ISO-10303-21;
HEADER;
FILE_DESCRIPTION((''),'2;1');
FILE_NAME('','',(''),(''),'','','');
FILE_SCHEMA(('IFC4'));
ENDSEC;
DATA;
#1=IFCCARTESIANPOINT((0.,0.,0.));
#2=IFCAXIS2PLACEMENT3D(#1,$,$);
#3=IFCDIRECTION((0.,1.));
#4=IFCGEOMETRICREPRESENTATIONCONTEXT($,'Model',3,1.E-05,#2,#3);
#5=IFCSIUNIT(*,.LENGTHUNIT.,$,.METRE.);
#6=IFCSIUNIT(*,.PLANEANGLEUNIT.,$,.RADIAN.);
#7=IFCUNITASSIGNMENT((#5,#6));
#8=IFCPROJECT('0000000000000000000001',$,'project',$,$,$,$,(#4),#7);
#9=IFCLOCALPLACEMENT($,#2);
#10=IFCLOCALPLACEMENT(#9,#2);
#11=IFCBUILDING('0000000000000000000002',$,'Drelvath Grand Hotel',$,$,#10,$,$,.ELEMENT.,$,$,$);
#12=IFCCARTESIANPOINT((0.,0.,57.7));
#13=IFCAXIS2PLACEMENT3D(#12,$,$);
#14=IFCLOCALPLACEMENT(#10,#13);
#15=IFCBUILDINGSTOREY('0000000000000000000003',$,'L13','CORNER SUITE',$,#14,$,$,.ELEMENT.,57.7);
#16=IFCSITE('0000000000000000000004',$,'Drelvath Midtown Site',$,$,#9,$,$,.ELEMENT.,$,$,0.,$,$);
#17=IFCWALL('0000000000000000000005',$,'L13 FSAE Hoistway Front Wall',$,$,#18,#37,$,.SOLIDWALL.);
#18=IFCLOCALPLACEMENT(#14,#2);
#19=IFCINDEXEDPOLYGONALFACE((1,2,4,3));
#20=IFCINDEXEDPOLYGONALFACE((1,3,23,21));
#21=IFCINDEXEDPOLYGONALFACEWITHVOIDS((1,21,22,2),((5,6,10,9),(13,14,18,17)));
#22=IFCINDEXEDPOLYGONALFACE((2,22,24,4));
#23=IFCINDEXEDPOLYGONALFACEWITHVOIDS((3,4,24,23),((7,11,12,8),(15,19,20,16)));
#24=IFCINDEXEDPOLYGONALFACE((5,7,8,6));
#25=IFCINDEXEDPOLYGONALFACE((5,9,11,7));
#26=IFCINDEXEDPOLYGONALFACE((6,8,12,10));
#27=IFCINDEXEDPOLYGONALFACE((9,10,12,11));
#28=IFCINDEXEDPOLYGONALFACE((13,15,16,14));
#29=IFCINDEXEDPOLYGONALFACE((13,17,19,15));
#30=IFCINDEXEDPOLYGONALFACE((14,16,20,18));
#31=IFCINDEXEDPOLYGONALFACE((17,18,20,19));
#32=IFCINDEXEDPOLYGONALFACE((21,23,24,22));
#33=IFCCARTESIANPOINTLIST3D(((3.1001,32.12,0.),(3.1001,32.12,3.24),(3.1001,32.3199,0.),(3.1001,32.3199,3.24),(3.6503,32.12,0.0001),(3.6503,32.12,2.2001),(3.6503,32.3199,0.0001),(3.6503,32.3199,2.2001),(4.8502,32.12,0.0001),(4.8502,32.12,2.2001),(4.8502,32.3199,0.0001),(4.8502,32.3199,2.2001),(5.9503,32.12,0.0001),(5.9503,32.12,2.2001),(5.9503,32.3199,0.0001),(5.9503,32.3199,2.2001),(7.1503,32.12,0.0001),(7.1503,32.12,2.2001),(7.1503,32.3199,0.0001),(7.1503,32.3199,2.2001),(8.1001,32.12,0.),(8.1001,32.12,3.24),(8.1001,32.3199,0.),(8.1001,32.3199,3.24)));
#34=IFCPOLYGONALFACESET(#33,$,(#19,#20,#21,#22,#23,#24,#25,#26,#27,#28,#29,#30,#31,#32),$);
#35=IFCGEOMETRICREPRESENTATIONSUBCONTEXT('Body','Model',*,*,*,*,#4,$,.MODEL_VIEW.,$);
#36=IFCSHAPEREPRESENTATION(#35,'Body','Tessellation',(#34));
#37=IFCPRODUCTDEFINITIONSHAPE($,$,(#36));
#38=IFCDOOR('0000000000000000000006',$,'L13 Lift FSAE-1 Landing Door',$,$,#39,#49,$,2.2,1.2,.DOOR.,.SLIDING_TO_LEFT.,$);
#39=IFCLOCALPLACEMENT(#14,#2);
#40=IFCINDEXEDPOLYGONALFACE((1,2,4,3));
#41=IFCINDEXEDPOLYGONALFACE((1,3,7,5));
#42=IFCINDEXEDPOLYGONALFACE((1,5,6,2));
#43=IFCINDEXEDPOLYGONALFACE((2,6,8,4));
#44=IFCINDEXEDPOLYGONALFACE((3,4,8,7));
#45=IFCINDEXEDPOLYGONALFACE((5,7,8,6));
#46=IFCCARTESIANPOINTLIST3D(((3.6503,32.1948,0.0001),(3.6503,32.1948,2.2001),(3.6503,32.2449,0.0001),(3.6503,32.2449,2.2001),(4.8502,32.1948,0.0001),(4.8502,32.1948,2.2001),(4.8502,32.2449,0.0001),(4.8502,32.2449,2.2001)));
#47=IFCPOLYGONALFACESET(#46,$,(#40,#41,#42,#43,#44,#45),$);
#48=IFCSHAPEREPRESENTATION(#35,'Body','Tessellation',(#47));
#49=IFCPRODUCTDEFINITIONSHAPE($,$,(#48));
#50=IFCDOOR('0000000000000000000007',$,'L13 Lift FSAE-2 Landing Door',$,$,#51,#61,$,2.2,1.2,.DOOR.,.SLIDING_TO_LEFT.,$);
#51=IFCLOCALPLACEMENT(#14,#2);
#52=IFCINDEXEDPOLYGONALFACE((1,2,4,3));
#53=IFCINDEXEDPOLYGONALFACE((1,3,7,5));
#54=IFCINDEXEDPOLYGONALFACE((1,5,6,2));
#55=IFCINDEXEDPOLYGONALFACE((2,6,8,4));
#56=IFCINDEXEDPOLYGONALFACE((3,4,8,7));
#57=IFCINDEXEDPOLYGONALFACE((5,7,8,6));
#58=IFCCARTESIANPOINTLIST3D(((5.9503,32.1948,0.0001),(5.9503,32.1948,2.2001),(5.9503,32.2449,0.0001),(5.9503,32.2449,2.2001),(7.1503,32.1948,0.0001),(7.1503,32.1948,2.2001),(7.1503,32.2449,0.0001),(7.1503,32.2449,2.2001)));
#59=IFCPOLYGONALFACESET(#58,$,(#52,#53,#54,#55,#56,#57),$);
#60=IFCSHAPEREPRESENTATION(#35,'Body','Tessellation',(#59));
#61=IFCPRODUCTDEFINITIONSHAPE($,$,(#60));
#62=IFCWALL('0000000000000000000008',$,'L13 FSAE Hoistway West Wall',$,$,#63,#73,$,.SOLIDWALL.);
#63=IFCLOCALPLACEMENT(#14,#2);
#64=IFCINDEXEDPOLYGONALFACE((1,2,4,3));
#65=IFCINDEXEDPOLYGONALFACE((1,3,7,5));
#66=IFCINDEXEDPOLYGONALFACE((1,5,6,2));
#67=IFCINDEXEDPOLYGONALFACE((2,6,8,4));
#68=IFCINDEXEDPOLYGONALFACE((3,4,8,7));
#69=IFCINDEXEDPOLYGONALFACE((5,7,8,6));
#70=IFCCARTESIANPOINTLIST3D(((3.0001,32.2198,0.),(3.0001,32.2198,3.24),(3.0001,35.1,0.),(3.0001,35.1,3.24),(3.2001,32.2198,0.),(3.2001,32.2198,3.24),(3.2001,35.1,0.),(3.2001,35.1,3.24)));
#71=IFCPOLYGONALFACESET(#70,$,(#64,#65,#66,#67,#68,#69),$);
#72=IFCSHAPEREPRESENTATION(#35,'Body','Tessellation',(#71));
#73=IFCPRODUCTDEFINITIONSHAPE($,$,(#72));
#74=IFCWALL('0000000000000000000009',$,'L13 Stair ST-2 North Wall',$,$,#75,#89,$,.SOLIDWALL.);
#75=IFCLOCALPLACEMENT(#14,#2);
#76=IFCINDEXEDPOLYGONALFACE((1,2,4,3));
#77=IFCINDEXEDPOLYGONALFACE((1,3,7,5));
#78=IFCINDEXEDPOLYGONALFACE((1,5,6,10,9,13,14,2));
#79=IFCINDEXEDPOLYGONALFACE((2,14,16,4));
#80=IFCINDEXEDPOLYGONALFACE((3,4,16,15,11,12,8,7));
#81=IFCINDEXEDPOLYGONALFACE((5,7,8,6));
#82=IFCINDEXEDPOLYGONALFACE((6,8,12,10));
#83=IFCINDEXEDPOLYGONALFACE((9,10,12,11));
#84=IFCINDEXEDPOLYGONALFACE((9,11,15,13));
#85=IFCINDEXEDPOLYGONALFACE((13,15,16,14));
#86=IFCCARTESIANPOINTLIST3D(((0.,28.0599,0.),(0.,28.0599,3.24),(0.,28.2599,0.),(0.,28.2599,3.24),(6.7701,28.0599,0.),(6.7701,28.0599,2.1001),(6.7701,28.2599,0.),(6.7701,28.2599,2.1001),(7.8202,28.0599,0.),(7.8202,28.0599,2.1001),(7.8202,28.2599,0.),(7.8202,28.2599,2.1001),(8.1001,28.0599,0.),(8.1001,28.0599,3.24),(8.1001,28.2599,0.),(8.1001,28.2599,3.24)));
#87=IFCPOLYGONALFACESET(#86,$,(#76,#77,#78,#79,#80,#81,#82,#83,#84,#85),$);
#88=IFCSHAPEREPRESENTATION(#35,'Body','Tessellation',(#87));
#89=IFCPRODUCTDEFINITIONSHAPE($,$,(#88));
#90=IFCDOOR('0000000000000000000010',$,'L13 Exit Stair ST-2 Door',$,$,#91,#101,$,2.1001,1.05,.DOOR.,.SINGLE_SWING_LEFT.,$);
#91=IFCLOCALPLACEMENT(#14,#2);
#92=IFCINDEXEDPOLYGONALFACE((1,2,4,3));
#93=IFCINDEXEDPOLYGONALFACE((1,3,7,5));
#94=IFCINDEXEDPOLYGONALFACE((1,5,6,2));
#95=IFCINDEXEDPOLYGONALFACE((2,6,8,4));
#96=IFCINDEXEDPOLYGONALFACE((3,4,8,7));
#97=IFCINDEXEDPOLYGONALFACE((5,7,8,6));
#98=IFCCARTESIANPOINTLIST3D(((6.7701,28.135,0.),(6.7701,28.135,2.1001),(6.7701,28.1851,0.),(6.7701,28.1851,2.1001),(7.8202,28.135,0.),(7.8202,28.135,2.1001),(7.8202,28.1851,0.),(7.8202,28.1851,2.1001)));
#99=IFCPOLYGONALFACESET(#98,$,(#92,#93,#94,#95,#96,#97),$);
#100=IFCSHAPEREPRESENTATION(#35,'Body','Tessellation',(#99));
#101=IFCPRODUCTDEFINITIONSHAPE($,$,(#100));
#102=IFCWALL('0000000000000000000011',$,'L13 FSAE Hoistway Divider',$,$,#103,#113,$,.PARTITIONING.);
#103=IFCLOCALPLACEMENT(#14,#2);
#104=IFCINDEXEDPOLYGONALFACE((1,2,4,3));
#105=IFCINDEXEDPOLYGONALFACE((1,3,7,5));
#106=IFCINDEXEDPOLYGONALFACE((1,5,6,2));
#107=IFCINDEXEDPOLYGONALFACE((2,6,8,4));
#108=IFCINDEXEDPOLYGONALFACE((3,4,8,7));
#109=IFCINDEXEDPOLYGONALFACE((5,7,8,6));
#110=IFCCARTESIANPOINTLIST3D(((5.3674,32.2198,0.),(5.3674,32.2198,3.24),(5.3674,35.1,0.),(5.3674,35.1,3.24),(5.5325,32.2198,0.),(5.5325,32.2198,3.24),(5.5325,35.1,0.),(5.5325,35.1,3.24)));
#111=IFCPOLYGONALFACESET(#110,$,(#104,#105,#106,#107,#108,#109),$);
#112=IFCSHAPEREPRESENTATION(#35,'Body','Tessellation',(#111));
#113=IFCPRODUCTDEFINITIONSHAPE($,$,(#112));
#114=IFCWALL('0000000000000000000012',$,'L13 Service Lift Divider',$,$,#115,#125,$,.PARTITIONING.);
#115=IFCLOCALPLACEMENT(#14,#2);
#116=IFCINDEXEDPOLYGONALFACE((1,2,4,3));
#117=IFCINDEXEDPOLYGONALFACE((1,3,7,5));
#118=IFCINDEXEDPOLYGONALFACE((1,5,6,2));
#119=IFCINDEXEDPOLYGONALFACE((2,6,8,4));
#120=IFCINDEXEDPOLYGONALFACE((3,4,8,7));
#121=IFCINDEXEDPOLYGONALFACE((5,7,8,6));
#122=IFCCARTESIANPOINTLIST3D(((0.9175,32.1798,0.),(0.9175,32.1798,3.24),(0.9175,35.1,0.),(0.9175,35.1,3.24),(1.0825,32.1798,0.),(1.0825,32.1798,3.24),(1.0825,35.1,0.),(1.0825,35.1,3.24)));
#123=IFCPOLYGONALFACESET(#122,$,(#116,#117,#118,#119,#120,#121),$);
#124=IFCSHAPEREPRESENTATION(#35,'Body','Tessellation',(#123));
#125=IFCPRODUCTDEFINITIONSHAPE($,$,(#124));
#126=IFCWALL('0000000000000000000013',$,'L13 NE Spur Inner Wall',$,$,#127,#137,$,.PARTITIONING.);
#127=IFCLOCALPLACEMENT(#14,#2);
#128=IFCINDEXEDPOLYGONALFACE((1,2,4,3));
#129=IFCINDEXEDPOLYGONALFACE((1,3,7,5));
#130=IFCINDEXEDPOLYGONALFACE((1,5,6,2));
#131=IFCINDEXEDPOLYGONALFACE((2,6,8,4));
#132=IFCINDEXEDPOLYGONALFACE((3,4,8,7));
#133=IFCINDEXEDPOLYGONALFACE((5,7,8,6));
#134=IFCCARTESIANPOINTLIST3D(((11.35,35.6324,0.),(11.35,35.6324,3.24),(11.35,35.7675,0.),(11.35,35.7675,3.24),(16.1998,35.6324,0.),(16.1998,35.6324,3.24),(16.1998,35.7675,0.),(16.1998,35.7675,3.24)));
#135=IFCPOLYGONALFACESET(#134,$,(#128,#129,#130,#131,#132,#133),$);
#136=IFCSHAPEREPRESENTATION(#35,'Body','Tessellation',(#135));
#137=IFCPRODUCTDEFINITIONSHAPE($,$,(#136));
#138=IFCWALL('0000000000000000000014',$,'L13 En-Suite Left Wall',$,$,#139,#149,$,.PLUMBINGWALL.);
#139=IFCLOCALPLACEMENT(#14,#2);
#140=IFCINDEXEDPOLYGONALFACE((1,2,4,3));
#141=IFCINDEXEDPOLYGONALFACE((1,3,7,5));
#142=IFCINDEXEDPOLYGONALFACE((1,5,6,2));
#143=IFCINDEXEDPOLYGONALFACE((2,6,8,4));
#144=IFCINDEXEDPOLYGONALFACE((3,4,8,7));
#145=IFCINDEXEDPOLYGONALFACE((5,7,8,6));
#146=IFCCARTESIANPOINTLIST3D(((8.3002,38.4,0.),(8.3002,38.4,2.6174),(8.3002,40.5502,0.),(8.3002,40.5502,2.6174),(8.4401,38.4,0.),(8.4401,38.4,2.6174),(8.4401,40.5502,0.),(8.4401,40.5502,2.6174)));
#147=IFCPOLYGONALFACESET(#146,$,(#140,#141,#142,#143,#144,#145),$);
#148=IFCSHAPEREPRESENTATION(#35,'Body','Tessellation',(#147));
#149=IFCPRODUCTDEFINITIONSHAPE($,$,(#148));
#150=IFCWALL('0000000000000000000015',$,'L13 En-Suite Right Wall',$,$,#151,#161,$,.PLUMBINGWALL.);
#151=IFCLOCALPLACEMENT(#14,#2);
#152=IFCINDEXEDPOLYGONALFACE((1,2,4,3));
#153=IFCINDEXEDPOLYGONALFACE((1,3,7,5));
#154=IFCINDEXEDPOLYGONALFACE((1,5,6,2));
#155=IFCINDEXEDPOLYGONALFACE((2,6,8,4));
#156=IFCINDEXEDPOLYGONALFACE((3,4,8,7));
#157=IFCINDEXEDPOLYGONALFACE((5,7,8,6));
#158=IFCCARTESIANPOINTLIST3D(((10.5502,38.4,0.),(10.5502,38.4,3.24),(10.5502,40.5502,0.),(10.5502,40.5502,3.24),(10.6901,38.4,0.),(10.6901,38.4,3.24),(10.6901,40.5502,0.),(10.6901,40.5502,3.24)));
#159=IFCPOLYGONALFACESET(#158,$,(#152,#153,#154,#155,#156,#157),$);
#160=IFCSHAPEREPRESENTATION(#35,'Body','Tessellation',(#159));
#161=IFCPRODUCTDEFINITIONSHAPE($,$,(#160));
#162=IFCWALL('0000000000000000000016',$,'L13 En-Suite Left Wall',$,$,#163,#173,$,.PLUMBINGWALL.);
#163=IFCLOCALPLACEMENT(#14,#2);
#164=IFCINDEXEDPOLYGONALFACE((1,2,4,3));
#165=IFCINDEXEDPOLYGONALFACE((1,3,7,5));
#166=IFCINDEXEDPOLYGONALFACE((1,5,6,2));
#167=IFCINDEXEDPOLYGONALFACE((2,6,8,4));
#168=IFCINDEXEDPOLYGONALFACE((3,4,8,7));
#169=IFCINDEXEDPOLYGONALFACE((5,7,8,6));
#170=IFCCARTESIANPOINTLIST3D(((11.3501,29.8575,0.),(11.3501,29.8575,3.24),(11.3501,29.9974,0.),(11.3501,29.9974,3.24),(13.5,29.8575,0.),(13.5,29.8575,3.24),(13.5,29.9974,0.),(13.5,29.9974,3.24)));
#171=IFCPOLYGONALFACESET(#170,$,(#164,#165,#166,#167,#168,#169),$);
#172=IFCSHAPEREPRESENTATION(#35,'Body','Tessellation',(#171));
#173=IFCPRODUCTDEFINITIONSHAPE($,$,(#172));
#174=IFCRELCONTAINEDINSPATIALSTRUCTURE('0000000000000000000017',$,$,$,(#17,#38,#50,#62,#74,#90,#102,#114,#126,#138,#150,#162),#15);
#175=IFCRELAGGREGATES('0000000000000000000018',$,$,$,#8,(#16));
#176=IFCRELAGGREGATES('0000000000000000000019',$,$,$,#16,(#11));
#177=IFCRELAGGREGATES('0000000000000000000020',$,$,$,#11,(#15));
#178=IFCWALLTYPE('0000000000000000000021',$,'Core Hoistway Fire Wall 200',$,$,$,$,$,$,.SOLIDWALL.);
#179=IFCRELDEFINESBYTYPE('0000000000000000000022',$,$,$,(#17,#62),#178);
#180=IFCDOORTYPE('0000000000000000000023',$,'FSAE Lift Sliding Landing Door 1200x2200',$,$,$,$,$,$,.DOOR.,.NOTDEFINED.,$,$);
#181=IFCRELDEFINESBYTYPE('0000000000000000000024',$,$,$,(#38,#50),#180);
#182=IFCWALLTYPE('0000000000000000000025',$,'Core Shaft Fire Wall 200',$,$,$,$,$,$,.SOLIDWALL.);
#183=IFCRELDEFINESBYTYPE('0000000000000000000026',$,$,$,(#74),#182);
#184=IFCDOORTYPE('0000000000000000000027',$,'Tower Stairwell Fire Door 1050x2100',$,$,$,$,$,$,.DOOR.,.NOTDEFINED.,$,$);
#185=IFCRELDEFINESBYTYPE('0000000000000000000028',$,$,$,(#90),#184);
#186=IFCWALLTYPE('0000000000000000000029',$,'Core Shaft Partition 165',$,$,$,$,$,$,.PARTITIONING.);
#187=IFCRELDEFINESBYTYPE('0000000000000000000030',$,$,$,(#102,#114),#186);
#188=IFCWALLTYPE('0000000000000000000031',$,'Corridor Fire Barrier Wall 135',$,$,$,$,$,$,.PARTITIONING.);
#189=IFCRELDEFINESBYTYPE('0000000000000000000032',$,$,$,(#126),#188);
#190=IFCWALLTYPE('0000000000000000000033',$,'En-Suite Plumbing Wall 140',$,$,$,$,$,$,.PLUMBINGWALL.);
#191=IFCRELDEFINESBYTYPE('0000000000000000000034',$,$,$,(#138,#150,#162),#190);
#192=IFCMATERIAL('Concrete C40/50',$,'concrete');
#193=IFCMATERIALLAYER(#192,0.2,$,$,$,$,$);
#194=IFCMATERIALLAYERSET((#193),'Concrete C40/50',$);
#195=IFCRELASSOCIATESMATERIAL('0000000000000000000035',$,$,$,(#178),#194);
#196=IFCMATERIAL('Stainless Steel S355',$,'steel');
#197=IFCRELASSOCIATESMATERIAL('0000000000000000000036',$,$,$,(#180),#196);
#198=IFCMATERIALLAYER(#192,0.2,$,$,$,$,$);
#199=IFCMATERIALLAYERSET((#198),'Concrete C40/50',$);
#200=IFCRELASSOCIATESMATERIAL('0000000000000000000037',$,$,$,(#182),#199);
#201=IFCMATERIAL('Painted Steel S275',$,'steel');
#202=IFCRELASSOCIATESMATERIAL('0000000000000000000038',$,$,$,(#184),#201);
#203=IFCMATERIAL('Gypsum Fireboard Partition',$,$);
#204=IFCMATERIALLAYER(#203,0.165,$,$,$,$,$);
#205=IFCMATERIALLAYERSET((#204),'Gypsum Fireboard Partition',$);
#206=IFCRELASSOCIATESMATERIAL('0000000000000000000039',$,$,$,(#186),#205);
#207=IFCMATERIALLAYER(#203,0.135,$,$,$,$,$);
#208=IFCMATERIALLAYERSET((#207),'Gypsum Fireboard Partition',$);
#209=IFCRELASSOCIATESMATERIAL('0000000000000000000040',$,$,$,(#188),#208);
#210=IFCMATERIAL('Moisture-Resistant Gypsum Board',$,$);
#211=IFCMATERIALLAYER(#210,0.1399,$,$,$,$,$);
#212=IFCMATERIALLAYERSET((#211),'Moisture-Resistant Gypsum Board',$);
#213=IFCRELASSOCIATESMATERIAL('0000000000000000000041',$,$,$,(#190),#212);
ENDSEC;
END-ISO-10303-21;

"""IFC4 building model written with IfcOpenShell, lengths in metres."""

from ifc_helpers import new_model, si_unit, direction, frame, frame_2d, origin, place, context, subcontext, project, spatial, rectangle, extrude, material, layer, layer_set, type_object, element, fill, save


model = new_model("IFC4")

# Units and contexts
model_context = context("Model", 3, precision=1e-05, world=origin(), true_north=direction((0.0, 1.0)))
body_context = subcontext(model_context, "Body", "Model", "MODEL_VIEW")
ifc_project = project(units=[si_unit("LENGTHUNIT", "METRE"), si_unit("PLANEANGLEUNIT", "RADIAN")], contexts=[model_context])

# Site, building, storey
site_placement = place(None, origin())
site = spatial("IfcSite", under=ifc_project, at=site_placement, Name="Drelvath Midtown Site", CompositionType="ELEMENT", RefElevation=0.0)
building_placement = place(site_placement, origin())
building = spatial("IfcBuilding", under=site, at=building_placement, Name="Drelvath Grand Hotel", CompositionType="ELEMENT")
storey_placement = place(building_placement, frame((0.0, 0.0, 57.7)))
storey = spatial("IfcBuildingStorey", under=building, at=storey_placement, Name="L13", Description="CORNER SUITE", CompositionType="ELEMENT", Elevation=57.7)

# Wall, openings, doors
ifc_material_1 = material(Name="Concrete C40/50", Category="concrete")
ifc_layer_1 = layer(ifc_material_1, 0.2)
ifc_layer_set_1 = layer_set([ifc_layer_1], Name="Concrete C40/50")
wall_type_1 = type_object("IfcWallType", Name="Core Hoistway Fire Wall 200", PredefinedType="SOLIDWALL", material=ifc_layer_set_1)
wall_1_placement = place(storey_placement, frame((3.1001, 32.22, 0.0), z_axis=(0.0, 0.0, 1.0), x_axis=(1.0, 0.0, 0.0)))
wall_1 = element("IfcWall", 1, at=wall_1_placement, inside=storey, type_object=wall_type_1, Name="L13 FSAE Hoistway Front Wall", PredefinedType="SOLIDWALL", context=body_context, shape_type="SweptSolid", body=[
    extrude(rectangle(XDim=5.0, YDim=0.2, at=frame_2d((2.5, 0.0))), origin(), (0.0, 0.0, 1.0), 3.24),
])
opening_1_placement = place(wall_1_placement, frame((0.55, 0.0, 0.0)))
opening_1 = element("IfcOpeningElement", 2, at=opening_1_placement, cuts=wall_1, PredefinedType="OPENING", context=body_context, shape_type="SweptSolid", body=[
    extrude(rectangle(XDim=1.2, YDim=2.2, at=frame_2d((0.6001, 1.1001))), frame((0.0, 0.1099, 0.0), z_axis=(0.0, -1.0, 0.0), x_axis=(1.0, 0.0, 0.0)), (0.0, 0.0, 1.0), 0.22),
])
opening_2_placement = place(wall_1_placement, frame((2.8501, 0.0, 0.0)))
opening_2 = element("IfcOpeningElement", 3, at=opening_2_placement, cuts=wall_1, PredefinedType="OPENING", context=body_context, shape_type="SweptSolid", body=[
    extrude(rectangle(XDim=1.2, YDim=2.2, at=frame_2d((0.6001, 1.1001))), frame((0.0, 0.1099, 0.0), z_axis=(0.0, -1.0, 0.0), x_axis=(1.0, 0.0, 0.0)), (0.0, 0.0, 1.0), 0.22),
])
ifc_material_2 = material(Name="Stainless Steel S355", Category="steel")
door_type_1 = type_object("IfcDoorType", Name="FSAE Lift Sliding Landing Door 1200x2200", OperationType="NOTDEFINED", PredefinedType="DOOR", material=ifc_material_2)
door_1_placement = place(opening_1_placement, origin())
door_1 = element("IfcDoor", 4, at=door_1_placement, inside=storey, type_object=door_type_1, Name="L13 Lift FSAE-1 Landing Door", OperationType="SLIDING_TO_LEFT", OverallHeight=2.2, OverallWidth=1.2, PredefinedType="DOOR", context=body_context, shape_type="SweptSolid", body=[
    extrude(rectangle(XDim=1.2, YDim=2.2, at=frame_2d((0.6001, 1.1001))), frame((0.0, 0.0249, 0.0), z_axis=(0.0, -1.0, 0.0), x_axis=(1.0, 0.0, 0.0)), (0.0, 0.0, 1.0), 0.05),
])
fill(opening_1, door_1)
door_2_placement = place(opening_2_placement, origin())
door_2 = element("IfcDoor", 5, at=door_2_placement, inside=storey, type_object=door_type_1, Name="L13 Lift FSAE-2 Landing Door", OperationType="SLIDING_TO_LEFT", OverallHeight=2.2, OverallWidth=1.2, PredefinedType="DOOR", context=body_context, shape_type="SweptSolid", body=[
    extrude(rectangle(XDim=1.2, YDim=2.2, at=frame_2d((0.6001, 1.1001))), frame((0.0, 0.0249, 0.0), z_axis=(0.0, -1.0, 0.0), x_axis=(1.0, 0.0, 0.0)), (0.0, 0.0, 1.0), 0.05),
])
fill(opening_2, door_2)

# Wall
wall_2_placement = place(storey_placement, frame((3.1001, 32.22, 0.0), z_axis=(0.0, 0.0, 1.0), x_axis=(0.0, 1.0, 0.0)))
element("IfcWall", 6, at=wall_2_placement, inside=storey, type_object=wall_type_1, Name="L13 FSAE Hoistway West Wall", PredefinedType="SOLIDWALL", context=body_context, shape_type="SweptSolid", body=[
    extrude(rectangle(XDim=2.8801, YDim=0.2, at=frame_2d((1.4399, 0.0))), origin(), (0.0, 0.0, 1.0), 3.24),
])

# Wall, opening, door
ifc_layer_2 = layer(ifc_material_1, 0.2)
ifc_layer_set_2 = layer_set([ifc_layer_2], Name="Concrete C40/50")
wall_type_2 = type_object("IfcWallType", Name="Core Shaft Fire Wall 200", PredefinedType="SOLIDWALL", material=ifc_layer_set_2)
wall_3_placement = place(storey_placement, frame((8.1001, 28.1599, 0.0), z_axis=(0.0, 0.0, 1.0), x_axis=(-1.0, 0.0, 0.0)))
wall_3 = element("IfcWall", 7, at=wall_3_placement, inside=storey, type_object=wall_type_2, Name="L13 Stair ST-2 North Wall", PredefinedType="SOLIDWALL", context=body_context, shape_type="SweptSolid", body=[
    extrude(rectangle(XDim=8.1001, YDim=0.2, at=frame_2d((4.05, 0.0))), origin(), (0.0, 0.0, 1.0), 3.24),
])
opening_3_placement = place(wall_3_placement, frame((0.28, 0.0, 0.0)))
opening_3 = element("IfcOpeningElement", 8, at=opening_3_placement, cuts=wall_3, PredefinedType="OPENING", context=body_context, shape_type="SweptSolid", body=[
    extrude(rectangle(XDim=1.05, YDim=2.1001, at=frame_2d((0.5249, 1.05))), frame((0.0, 0.1099, 0.0), z_axis=(0.0, -1.0, 0.0), x_axis=(1.0, 0.0, 0.0)), (0.0, 0.0, 1.0), 0.22),
])
ifc_material_3 = material(Name="Painted Steel S275", Category="steel")
door_type_2 = type_object("IfcDoorType", Name="Tower Stairwell Fire Door 1050x2100", OperationType="NOTDEFINED", PredefinedType="DOOR", material=ifc_material_3)
door_3_placement = place(opening_3_placement, origin())
door_3 = element("IfcDoor", 9, at=door_3_placement, inside=storey, type_object=door_type_2, Name="L13 Exit Stair ST-2 Door", OperationType="SINGLE_SWING_LEFT", OverallHeight=2.1001, OverallWidth=1.05, PredefinedType="DOOR", context=body_context, shape_type="SweptSolid", body=[
    extrude(rectangle(XDim=1.05, YDim=2.1001, at=frame_2d((0.5249, 1.05))), frame((0.0, 0.0249, 0.0), z_axis=(0.0, -1.0, 0.0), x_axis=(1.0, 0.0, 0.0)), (0.0, 0.0, 1.0), 0.05),
])
fill(opening_3, door_3)

# Walls
ifc_material_4 = material(Name="Gypsum Fireboard Partition")
ifc_layer_3 = layer(ifc_material_4, 0.165)
ifc_layer_set_3 = layer_set([ifc_layer_3], Name="Gypsum Fireboard Partition")
wall_type_3 = type_object("IfcWallType", Name="Core Shaft Partition 165", PredefinedType="PARTITIONING", material=ifc_layer_set_3)
wall_4_placement = place(storey_placement, frame((5.45, 32.22, 0.0), z_axis=(0.0, 0.0, 1.0), x_axis=(0.0, 1.0, 0.0)))
element("IfcWall", 10, at=wall_4_placement, inside=storey, type_object=wall_type_3, Name="L13 FSAE Hoistway Divider", PredefinedType="PARTITIONING", context=body_context, shape_type="SweptSolid", body=[
    extrude(rectangle(XDim=2.8801, YDim=0.165, at=frame_2d((1.4399, 0.0))), origin(), (0.0, 0.0, 1.0), 3.24),
])
wall_5_placement = place(storey_placement, frame((1.0, 32.1799, 0.0), z_axis=(0.0, 0.0, 1.0), x_axis=(0.0, 1.0, 0.0)))
element("IfcWall", 11, at=wall_5_placement, inside=storey, type_object=wall_type_3, Name="L13 Service Lift Divider", PredefinedType="PARTITIONING", context=body_context, shape_type="SweptSolid", body=[
    extrude(rectangle(XDim=2.9202, YDim=0.165, at=frame_2d((1.46, 0.0))), origin(), (0.0, 0.0, 1.0), 3.24),
])
ifc_layer_4 = layer(ifc_material_4, 0.135)
ifc_layer_set_4 = layer_set([ifc_layer_4], Name="Gypsum Fireboard Partition")
wall_type_4 = type_object("IfcWallType", Name="Corridor Fire Barrier Wall 135", PredefinedType="PARTITIONING", material=ifc_layer_set_4)
wall_6_placement = place(storey_placement, frame((11.3501, 35.7, 0.0), z_axis=(0.0, 0.0, 1.0), x_axis=(1.0, 0.0, 0.0)))
element("IfcWall", 12, at=wall_6_placement, inside=storey, type_object=wall_type_4, Name="L13 NE Spur Inner Wall", PredefinedType="PARTITIONING", context=body_context, shape_type="SweptSolid", body=[
    extrude(rectangle(XDim=4.8499, YDim=0.135, at=frame_2d((2.4248, 0.0))), origin(), (0.0, 0.0, 1.0), 3.24),
])
ifc_material_5 = material(Name="Moisture-Resistant Gypsum Board")
ifc_layer_5 = layer(ifc_material_5, 0.1399)
ifc_layer_set_5 = layer_set([ifc_layer_5], Name="Moisture-Resistant Gypsum Board")
wall_type_5 = type_object("IfcWallType", Name="En-Suite Plumbing Wall 140", PredefinedType="PLUMBINGWALL", material=ifc_layer_set_5)
wall_7_placement = place(storey_placement, frame((8.3701, 38.3999, 0.0), z_axis=(0.0, 0.0, 1.0), x_axis=(0.0, 1.0, 0.0)))
element("IfcWall", 13, at=wall_7_placement, inside=storey, type_object=wall_type_5, Name="L13 En-Suite Left Wall", PredefinedType="PLUMBINGWALL", context=body_context, shape_type="SweptSolid", body=[
    extrude(rectangle(XDim=2.1501, YDim=0.1399, at=frame_2d((1.0752, 0.0))), origin(), (0.0, 0.0, 1.0), 2.6174),
])
wall_8_placement = place(storey_placement, frame((10.6201, 38.3999, 0.0), z_axis=(0.0, 0.0, 1.0), x_axis=(0.0, 1.0, 0.0)))
element("IfcWall", 14, at=wall_8_placement, inside=storey, type_object=wall_type_5, Name="L13 En-Suite Right Wall", PredefinedType="PLUMBINGWALL", context=body_context, shape_type="SweptSolid", body=[
    extrude(rectangle(XDim=2.1501, YDim=0.1399, at=frame_2d((1.0752, 0.0))), origin(), (0.0, 0.0, 1.0), 3.24),
])
for number, where, z_axis, x_axis, name in (
    (15, (11.3501, 29.9275, 0.0), (0.0, 0.0, 1.0), (1.0, 0.0, 0.0), "L13 En-Suite Left Wall"),
):
    element("IfcWall", number, at=place(storey_placement, frame(where, z_axis=z_axis, x_axis=x_axis)), inside=storey, type_object=wall_type_5, Name=name, PredefinedType="PLUMBINGWALL", context=body_context, shape_type="SweptSolid", body=[
        extrude(rectangle(XDim=2.1499, YDim=0.1399, at=frame_2d((1.075, 0.0))), origin(), (0.0, 0.0, 1.0), 3.24),
    ])

save(model, "model.ifc")
